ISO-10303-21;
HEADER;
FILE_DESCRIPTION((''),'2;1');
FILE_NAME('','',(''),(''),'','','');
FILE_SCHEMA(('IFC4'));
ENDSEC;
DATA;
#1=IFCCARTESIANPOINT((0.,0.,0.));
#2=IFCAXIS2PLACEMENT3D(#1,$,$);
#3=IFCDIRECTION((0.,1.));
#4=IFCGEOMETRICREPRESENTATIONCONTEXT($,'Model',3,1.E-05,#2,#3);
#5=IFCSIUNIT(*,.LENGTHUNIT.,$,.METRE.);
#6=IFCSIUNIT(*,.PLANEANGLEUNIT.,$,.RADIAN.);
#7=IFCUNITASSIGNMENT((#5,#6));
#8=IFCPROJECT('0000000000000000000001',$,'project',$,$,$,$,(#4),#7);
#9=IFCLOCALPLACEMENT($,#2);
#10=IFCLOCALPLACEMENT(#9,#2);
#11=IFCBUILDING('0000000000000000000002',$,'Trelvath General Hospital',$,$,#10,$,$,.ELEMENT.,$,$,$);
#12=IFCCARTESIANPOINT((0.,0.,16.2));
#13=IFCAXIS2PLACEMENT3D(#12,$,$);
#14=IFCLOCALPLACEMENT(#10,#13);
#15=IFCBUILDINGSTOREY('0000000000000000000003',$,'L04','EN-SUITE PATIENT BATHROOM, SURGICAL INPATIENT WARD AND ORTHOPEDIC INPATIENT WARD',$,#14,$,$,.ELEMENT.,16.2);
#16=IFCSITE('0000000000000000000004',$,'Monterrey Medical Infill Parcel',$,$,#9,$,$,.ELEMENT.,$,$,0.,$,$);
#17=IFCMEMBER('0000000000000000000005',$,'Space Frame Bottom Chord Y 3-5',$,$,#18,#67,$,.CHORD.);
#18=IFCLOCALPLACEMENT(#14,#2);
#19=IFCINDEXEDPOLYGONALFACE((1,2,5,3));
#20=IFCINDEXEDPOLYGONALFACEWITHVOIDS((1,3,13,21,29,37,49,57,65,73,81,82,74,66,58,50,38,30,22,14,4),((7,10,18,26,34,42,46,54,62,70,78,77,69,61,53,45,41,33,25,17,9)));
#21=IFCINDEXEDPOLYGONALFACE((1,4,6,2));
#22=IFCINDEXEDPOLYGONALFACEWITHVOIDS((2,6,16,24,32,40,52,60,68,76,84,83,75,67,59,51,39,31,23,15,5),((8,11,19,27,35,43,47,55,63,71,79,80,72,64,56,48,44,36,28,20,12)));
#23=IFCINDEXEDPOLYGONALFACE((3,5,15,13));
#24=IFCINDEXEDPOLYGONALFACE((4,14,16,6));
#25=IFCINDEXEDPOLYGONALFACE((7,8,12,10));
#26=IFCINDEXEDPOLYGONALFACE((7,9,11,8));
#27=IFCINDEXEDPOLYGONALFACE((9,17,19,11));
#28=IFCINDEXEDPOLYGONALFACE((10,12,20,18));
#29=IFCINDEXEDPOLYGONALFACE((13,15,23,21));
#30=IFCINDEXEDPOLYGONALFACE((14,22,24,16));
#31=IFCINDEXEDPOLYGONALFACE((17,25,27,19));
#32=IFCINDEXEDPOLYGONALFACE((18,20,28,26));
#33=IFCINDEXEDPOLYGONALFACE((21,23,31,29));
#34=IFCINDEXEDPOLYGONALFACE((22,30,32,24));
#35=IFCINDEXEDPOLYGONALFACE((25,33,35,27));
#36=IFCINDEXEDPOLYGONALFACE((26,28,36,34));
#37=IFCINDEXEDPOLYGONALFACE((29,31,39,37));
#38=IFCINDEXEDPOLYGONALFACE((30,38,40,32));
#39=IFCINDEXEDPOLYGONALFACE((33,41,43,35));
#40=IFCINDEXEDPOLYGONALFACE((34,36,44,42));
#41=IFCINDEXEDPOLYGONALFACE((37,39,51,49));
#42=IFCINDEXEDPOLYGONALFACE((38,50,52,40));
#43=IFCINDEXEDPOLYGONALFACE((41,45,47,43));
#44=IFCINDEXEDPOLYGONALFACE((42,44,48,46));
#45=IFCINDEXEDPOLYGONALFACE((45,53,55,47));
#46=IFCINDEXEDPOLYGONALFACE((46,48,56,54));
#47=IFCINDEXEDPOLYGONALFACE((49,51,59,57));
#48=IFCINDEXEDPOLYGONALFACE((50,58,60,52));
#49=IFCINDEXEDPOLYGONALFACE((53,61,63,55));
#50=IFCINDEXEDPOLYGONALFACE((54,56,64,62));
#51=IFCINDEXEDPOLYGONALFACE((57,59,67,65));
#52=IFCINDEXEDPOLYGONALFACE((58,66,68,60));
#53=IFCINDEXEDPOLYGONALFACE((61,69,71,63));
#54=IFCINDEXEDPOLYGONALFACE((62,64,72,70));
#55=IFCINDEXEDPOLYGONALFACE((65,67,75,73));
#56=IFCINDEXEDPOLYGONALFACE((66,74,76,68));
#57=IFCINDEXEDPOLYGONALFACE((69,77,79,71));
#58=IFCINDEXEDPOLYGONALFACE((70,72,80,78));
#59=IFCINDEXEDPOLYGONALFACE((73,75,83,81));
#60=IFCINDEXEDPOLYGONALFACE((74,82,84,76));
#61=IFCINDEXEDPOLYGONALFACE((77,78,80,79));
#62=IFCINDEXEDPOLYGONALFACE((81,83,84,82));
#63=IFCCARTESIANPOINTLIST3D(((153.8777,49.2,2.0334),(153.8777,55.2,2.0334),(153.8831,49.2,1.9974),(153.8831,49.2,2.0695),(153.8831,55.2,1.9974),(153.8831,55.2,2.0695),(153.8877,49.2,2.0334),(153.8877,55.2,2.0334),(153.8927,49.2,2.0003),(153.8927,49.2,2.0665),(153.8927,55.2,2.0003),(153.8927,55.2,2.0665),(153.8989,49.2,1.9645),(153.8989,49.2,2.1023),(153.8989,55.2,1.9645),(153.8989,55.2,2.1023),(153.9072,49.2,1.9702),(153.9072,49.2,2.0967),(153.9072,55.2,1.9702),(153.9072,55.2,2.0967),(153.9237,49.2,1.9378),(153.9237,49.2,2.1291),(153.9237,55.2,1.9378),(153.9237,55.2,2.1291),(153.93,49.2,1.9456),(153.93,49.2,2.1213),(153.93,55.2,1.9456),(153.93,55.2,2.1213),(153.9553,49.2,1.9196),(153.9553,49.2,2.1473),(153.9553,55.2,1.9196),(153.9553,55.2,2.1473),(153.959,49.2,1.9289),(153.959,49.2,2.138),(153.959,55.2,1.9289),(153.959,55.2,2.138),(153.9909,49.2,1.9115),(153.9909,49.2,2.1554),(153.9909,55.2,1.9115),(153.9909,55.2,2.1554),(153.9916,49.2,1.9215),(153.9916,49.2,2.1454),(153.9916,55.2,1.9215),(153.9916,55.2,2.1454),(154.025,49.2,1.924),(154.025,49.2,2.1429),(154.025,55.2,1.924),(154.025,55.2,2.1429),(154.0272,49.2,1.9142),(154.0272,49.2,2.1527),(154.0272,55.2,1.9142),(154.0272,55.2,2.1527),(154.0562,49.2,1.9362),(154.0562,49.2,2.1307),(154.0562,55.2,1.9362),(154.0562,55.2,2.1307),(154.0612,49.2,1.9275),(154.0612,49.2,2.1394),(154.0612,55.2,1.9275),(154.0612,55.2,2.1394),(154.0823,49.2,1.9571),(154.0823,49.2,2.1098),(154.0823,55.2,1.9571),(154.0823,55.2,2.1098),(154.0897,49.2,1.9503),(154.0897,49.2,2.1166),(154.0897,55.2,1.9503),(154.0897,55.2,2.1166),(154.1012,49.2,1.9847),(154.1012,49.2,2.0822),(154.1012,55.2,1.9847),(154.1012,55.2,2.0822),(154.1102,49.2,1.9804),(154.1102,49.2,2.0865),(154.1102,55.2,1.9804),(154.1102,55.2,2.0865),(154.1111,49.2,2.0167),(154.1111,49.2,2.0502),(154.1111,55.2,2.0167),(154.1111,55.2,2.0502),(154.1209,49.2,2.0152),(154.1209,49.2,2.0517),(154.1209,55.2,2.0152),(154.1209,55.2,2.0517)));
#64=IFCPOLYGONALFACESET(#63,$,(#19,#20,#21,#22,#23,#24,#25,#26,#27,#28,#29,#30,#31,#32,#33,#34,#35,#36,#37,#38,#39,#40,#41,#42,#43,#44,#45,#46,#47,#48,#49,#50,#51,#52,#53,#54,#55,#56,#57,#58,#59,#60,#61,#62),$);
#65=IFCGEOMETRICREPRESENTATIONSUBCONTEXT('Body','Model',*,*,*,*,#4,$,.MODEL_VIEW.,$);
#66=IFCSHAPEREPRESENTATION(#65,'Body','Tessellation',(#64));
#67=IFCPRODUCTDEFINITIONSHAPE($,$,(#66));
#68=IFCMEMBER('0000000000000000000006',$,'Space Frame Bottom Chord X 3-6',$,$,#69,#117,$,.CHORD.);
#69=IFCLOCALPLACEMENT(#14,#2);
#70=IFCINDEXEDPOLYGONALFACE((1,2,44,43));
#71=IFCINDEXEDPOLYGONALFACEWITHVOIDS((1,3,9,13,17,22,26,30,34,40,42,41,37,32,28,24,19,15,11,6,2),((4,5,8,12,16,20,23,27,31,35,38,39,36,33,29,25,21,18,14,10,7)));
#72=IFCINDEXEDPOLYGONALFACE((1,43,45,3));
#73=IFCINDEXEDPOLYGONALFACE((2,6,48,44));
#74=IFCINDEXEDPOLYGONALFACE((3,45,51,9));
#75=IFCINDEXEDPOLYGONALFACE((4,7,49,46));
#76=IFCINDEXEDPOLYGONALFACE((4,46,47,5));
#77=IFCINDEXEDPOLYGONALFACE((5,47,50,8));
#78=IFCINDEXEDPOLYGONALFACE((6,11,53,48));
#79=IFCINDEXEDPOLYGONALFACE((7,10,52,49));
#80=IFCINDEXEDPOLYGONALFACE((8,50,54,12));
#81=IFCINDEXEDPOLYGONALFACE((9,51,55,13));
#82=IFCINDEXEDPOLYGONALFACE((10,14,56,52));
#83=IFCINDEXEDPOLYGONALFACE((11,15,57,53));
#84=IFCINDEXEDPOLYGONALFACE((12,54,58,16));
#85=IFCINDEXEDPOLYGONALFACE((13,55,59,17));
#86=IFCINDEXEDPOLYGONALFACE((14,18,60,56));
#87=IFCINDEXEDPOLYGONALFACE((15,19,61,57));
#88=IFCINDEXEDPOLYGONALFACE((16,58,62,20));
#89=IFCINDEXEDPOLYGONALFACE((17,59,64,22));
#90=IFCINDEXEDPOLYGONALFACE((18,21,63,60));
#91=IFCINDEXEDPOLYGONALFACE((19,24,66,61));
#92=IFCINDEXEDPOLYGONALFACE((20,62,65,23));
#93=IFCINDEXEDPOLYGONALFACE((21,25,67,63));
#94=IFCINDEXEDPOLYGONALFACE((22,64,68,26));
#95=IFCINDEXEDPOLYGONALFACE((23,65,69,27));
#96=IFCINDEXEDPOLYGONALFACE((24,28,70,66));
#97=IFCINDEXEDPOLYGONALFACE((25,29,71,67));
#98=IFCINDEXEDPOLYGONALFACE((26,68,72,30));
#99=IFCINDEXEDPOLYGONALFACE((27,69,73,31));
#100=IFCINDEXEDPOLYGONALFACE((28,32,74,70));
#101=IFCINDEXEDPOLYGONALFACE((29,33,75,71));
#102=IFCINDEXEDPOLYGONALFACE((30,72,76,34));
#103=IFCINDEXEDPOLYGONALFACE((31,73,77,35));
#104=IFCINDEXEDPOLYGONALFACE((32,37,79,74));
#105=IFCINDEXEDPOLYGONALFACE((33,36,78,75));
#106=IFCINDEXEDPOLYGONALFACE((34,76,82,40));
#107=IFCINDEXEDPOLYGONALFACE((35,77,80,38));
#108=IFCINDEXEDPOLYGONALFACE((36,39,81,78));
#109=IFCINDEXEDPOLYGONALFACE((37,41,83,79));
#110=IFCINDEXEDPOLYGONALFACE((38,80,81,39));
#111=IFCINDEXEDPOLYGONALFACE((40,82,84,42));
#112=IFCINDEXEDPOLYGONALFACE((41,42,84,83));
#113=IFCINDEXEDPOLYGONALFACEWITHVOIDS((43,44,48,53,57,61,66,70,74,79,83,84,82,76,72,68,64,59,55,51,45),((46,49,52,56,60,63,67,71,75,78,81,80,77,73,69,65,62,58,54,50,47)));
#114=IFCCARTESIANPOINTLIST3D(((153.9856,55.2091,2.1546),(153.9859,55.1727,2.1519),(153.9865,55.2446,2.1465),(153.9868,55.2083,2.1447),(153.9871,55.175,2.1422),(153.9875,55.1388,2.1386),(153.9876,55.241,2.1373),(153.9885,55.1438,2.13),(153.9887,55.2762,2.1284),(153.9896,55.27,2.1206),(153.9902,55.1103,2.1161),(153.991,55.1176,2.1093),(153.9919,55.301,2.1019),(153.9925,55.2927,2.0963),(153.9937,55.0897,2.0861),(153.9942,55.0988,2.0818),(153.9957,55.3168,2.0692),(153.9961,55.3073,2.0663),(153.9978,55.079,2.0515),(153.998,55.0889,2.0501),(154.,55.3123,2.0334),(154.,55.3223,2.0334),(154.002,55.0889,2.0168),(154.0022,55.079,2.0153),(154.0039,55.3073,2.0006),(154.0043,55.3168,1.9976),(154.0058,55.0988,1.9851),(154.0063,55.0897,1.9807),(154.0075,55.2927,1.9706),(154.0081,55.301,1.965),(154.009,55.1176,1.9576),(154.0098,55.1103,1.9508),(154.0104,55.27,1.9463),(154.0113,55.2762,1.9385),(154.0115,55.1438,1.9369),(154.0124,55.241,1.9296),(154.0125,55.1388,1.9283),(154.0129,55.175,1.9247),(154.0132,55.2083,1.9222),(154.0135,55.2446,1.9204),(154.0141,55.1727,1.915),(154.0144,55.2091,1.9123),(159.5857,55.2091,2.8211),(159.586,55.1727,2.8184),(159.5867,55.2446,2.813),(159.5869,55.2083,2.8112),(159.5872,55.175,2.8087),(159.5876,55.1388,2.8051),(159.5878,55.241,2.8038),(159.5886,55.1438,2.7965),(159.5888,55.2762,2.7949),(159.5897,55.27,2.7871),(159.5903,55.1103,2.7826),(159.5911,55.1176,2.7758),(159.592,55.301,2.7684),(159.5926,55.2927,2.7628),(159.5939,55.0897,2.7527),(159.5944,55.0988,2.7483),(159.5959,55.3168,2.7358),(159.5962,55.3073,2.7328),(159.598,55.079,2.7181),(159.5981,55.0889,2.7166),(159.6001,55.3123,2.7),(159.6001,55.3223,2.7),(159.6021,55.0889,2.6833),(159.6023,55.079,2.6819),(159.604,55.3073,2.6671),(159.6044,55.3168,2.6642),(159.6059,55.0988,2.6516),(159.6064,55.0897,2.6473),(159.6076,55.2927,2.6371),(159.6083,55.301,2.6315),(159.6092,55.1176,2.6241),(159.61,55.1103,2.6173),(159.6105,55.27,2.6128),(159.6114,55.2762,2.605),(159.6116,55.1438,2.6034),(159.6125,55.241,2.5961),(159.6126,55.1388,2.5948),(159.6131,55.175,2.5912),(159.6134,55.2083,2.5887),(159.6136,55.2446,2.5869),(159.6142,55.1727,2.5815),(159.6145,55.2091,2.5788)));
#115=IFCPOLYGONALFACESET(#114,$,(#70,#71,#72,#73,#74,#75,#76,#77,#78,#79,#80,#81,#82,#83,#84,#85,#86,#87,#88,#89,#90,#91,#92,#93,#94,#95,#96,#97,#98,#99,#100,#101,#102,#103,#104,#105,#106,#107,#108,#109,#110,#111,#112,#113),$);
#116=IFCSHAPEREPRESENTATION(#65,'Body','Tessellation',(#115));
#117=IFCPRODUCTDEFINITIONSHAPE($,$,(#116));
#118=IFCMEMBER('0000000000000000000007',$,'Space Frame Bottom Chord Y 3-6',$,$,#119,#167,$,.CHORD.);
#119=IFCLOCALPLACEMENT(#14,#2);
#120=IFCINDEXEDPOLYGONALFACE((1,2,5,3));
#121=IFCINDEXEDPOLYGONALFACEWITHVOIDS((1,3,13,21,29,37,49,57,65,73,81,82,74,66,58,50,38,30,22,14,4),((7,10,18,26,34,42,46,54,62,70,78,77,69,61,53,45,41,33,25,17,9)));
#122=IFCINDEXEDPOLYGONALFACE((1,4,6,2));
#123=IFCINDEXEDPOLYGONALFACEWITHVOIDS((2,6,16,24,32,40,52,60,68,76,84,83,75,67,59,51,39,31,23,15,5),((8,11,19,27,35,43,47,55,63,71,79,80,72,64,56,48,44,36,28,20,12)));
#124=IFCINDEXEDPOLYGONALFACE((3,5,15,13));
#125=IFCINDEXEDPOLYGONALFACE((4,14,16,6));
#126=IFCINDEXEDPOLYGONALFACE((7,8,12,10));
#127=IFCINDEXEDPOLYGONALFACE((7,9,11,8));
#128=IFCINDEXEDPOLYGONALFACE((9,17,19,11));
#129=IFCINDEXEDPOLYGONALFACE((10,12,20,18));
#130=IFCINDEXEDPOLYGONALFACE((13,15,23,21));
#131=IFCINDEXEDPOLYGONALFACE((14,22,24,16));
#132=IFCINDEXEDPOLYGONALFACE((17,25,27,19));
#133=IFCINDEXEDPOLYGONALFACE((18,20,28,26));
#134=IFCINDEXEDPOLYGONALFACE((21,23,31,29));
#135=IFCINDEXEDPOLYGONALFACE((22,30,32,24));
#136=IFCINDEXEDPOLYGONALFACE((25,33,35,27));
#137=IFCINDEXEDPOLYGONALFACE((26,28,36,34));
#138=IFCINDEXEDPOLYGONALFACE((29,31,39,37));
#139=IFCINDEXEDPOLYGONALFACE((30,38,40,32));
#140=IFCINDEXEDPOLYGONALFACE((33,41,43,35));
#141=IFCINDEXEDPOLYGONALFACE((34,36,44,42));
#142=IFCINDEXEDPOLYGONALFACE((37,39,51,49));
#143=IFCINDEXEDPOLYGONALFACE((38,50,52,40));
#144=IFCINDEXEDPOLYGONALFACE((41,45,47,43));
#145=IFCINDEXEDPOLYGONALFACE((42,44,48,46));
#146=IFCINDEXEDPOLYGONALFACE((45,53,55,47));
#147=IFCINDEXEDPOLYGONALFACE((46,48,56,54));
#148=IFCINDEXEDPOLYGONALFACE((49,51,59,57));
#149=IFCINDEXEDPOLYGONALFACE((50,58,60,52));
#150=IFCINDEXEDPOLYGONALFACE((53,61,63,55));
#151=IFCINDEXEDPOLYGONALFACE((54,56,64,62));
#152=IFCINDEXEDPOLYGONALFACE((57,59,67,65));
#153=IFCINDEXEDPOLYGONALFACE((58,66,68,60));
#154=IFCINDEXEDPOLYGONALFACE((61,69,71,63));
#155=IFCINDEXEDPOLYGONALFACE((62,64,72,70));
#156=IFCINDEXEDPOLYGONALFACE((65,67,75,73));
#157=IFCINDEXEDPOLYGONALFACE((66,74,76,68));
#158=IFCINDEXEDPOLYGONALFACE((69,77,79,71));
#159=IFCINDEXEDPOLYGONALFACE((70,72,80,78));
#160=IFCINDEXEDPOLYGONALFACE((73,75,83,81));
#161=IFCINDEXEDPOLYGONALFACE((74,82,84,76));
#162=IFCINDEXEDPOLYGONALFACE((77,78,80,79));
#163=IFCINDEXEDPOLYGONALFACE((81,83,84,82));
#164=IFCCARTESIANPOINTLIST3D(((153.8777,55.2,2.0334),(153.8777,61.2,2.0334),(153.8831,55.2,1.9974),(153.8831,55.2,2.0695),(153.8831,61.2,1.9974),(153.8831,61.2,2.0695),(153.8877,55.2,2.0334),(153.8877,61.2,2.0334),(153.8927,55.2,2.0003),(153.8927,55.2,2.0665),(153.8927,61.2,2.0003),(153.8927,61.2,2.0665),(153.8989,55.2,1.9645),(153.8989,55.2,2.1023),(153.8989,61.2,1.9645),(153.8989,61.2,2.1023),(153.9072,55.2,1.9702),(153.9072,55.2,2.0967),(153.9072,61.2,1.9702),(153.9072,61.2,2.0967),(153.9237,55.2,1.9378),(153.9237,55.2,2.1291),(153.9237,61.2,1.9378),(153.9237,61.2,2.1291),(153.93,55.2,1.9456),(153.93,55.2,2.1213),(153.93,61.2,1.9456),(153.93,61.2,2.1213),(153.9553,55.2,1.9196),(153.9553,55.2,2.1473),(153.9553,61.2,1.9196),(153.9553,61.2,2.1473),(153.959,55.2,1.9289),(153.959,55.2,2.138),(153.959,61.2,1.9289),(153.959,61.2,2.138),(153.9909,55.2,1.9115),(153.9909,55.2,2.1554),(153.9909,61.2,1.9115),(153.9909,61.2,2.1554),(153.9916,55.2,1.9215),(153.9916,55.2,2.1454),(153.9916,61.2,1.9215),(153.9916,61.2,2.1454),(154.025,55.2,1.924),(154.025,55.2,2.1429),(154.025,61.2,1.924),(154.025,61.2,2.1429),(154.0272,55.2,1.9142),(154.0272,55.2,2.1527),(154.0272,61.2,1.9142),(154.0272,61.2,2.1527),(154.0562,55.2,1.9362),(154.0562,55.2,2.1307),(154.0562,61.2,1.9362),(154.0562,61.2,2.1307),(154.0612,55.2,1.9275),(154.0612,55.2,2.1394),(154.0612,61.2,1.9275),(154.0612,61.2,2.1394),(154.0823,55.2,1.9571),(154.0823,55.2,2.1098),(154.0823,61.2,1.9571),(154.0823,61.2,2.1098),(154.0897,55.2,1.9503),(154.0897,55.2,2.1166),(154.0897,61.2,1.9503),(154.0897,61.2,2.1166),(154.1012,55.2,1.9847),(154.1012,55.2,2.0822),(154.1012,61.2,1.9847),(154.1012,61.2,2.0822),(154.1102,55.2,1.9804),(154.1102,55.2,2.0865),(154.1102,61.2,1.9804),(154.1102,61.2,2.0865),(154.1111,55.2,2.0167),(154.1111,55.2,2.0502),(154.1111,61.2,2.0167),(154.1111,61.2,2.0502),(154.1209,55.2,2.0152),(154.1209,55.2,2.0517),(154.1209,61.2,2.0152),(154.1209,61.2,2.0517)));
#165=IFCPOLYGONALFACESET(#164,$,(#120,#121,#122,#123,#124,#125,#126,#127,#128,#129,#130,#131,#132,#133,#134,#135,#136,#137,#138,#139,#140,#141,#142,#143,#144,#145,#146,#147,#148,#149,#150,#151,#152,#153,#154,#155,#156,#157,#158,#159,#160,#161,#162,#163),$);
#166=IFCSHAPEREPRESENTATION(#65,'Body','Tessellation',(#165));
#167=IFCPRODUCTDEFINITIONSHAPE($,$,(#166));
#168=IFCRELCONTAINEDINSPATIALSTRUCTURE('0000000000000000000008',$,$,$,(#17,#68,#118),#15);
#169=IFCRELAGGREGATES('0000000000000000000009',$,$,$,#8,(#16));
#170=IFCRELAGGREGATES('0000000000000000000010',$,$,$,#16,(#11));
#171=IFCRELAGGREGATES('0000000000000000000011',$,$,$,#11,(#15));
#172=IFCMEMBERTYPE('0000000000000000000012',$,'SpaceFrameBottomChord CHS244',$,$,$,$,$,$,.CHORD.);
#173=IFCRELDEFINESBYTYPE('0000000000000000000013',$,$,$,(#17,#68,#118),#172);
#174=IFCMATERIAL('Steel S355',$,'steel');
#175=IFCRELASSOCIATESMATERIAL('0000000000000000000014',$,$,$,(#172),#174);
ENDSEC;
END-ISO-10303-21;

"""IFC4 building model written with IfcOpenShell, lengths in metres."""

from ifc_helpers import new_model, si_unit, direction, frame, origin, origin_2d, place, context, subcontext, project, spatial, hollow_circle, extrude, material, material_profile, profile_set, type_object, element, save


model = new_model("IFC4")

# Units and contexts
model_context = context("Model", 3, precision=1e-05, world=origin(), true_north=direction((0.0, 1.0)))
body_context = subcontext(model_context, "Body", "Model", "MODEL_VIEW")
ifc_project = project(units=[si_unit("LENGTHUNIT", "METRE"), si_unit("PLANEANGLEUNIT", "RADIAN")], contexts=[model_context])

# Site, building, storey
site_placement = place(None, origin())
site = spatial("IfcSite", under=ifc_project, at=site_placement, Name="Monterrey Medical Infill Parcel", CompositionType="ELEMENT", RefElevation=0.0)
building_placement = place(site_placement, origin())
building = spatial("IfcBuilding", under=site, at=building_placement, Name="Trelvath General Hospital", CompositionType="ELEMENT")
storey_placement = place(building_placement, frame((0.0, 0.0, 16.2)))
storey = spatial("IfcBuildingStorey", under=building, at=storey_placement, Name="L04", Description="EN-SUITE PATIENT BATHROOM, SURGICAL INPATIENT WARD AND ORTHOPEDIC INPATIENT WARD", CompositionType="ELEMENT", Elevation=16.2)

# Members
ifc_material_1 = material(Name="Steel S355", Category="steel")
ifc_material_profile_1 = material_profile(ifc_material_1, hollow_circle(Radius=0.1223, WallThickness=0.01, at=origin_2d()), Name="CHS244.5x10.0")
ifc_profile_set_1 = profile_set([ifc_material_profile_1], Name="Steel S355")
member_type_1 = type_object("IfcMemberType", Name="SpaceFrameBottomChord CHS244", PredefinedType="CHORD", material=ifc_profile_set_1)
member_1_placement = place(storey_placement, frame((154.0, 49.2, 2.0334), z_axis=(0.0, 1.0, 0.0), x_axis=(-1.0, 0.0, 0.0)))
element("IfcMember", 1, at=member_1_placement, inside=storey, type_object=member_type_1, Name="Space Frame Bottom Chord Y 3-5", PredefinedType="CHORD", context=body_context, shape_type="SweptSolid", body=[
    extrude(hollow_circle(Radius=0.1223, WallThickness=0.01, at=origin_2d()), origin(), (0.0, 0.0, 1.0), 6.0),
])
member_2_placement = place(storey_placement, frame((154.0, 55.2, 2.0334), z_axis=(0.992992, 0.0, 0.118182), x_axis=(0.0, 1.0, 0.0)))
element("IfcMember", 2, at=member_2_placement, inside=storey, type_object=member_type_1, Name="Space Frame Bottom Chord X 3-6", PredefinedType="CHORD", context=body_context, shape_type="SweptSolid", body=[
    extrude(hollow_circle(Radius=0.1223, WallThickness=0.01, at=origin_2d()), origin(), (0.0, 0.0, 1.0), 5.6396),
])
member_3_placement = place(storey_placement, frame((154.0, 55.2, 2.0334), z_axis=(0.0, 1.0, 0.0), x_axis=(-1.0, 0.0, 0.0)))
element("IfcMember", 3, at=member_3_placement, inside=storey, type_object=member_type_1, Name="Space Frame Bottom Chord Y 3-6", PredefinedType="CHORD", context=body_context, shape_type="SweptSolid", body=[
    extrude(hollow_circle(Radius=0.1223, WallThickness=0.01, at=origin_2d()), origin(), (0.0, 0.0, 1.0), 6.0),
])

save(model, "model.ifc")
